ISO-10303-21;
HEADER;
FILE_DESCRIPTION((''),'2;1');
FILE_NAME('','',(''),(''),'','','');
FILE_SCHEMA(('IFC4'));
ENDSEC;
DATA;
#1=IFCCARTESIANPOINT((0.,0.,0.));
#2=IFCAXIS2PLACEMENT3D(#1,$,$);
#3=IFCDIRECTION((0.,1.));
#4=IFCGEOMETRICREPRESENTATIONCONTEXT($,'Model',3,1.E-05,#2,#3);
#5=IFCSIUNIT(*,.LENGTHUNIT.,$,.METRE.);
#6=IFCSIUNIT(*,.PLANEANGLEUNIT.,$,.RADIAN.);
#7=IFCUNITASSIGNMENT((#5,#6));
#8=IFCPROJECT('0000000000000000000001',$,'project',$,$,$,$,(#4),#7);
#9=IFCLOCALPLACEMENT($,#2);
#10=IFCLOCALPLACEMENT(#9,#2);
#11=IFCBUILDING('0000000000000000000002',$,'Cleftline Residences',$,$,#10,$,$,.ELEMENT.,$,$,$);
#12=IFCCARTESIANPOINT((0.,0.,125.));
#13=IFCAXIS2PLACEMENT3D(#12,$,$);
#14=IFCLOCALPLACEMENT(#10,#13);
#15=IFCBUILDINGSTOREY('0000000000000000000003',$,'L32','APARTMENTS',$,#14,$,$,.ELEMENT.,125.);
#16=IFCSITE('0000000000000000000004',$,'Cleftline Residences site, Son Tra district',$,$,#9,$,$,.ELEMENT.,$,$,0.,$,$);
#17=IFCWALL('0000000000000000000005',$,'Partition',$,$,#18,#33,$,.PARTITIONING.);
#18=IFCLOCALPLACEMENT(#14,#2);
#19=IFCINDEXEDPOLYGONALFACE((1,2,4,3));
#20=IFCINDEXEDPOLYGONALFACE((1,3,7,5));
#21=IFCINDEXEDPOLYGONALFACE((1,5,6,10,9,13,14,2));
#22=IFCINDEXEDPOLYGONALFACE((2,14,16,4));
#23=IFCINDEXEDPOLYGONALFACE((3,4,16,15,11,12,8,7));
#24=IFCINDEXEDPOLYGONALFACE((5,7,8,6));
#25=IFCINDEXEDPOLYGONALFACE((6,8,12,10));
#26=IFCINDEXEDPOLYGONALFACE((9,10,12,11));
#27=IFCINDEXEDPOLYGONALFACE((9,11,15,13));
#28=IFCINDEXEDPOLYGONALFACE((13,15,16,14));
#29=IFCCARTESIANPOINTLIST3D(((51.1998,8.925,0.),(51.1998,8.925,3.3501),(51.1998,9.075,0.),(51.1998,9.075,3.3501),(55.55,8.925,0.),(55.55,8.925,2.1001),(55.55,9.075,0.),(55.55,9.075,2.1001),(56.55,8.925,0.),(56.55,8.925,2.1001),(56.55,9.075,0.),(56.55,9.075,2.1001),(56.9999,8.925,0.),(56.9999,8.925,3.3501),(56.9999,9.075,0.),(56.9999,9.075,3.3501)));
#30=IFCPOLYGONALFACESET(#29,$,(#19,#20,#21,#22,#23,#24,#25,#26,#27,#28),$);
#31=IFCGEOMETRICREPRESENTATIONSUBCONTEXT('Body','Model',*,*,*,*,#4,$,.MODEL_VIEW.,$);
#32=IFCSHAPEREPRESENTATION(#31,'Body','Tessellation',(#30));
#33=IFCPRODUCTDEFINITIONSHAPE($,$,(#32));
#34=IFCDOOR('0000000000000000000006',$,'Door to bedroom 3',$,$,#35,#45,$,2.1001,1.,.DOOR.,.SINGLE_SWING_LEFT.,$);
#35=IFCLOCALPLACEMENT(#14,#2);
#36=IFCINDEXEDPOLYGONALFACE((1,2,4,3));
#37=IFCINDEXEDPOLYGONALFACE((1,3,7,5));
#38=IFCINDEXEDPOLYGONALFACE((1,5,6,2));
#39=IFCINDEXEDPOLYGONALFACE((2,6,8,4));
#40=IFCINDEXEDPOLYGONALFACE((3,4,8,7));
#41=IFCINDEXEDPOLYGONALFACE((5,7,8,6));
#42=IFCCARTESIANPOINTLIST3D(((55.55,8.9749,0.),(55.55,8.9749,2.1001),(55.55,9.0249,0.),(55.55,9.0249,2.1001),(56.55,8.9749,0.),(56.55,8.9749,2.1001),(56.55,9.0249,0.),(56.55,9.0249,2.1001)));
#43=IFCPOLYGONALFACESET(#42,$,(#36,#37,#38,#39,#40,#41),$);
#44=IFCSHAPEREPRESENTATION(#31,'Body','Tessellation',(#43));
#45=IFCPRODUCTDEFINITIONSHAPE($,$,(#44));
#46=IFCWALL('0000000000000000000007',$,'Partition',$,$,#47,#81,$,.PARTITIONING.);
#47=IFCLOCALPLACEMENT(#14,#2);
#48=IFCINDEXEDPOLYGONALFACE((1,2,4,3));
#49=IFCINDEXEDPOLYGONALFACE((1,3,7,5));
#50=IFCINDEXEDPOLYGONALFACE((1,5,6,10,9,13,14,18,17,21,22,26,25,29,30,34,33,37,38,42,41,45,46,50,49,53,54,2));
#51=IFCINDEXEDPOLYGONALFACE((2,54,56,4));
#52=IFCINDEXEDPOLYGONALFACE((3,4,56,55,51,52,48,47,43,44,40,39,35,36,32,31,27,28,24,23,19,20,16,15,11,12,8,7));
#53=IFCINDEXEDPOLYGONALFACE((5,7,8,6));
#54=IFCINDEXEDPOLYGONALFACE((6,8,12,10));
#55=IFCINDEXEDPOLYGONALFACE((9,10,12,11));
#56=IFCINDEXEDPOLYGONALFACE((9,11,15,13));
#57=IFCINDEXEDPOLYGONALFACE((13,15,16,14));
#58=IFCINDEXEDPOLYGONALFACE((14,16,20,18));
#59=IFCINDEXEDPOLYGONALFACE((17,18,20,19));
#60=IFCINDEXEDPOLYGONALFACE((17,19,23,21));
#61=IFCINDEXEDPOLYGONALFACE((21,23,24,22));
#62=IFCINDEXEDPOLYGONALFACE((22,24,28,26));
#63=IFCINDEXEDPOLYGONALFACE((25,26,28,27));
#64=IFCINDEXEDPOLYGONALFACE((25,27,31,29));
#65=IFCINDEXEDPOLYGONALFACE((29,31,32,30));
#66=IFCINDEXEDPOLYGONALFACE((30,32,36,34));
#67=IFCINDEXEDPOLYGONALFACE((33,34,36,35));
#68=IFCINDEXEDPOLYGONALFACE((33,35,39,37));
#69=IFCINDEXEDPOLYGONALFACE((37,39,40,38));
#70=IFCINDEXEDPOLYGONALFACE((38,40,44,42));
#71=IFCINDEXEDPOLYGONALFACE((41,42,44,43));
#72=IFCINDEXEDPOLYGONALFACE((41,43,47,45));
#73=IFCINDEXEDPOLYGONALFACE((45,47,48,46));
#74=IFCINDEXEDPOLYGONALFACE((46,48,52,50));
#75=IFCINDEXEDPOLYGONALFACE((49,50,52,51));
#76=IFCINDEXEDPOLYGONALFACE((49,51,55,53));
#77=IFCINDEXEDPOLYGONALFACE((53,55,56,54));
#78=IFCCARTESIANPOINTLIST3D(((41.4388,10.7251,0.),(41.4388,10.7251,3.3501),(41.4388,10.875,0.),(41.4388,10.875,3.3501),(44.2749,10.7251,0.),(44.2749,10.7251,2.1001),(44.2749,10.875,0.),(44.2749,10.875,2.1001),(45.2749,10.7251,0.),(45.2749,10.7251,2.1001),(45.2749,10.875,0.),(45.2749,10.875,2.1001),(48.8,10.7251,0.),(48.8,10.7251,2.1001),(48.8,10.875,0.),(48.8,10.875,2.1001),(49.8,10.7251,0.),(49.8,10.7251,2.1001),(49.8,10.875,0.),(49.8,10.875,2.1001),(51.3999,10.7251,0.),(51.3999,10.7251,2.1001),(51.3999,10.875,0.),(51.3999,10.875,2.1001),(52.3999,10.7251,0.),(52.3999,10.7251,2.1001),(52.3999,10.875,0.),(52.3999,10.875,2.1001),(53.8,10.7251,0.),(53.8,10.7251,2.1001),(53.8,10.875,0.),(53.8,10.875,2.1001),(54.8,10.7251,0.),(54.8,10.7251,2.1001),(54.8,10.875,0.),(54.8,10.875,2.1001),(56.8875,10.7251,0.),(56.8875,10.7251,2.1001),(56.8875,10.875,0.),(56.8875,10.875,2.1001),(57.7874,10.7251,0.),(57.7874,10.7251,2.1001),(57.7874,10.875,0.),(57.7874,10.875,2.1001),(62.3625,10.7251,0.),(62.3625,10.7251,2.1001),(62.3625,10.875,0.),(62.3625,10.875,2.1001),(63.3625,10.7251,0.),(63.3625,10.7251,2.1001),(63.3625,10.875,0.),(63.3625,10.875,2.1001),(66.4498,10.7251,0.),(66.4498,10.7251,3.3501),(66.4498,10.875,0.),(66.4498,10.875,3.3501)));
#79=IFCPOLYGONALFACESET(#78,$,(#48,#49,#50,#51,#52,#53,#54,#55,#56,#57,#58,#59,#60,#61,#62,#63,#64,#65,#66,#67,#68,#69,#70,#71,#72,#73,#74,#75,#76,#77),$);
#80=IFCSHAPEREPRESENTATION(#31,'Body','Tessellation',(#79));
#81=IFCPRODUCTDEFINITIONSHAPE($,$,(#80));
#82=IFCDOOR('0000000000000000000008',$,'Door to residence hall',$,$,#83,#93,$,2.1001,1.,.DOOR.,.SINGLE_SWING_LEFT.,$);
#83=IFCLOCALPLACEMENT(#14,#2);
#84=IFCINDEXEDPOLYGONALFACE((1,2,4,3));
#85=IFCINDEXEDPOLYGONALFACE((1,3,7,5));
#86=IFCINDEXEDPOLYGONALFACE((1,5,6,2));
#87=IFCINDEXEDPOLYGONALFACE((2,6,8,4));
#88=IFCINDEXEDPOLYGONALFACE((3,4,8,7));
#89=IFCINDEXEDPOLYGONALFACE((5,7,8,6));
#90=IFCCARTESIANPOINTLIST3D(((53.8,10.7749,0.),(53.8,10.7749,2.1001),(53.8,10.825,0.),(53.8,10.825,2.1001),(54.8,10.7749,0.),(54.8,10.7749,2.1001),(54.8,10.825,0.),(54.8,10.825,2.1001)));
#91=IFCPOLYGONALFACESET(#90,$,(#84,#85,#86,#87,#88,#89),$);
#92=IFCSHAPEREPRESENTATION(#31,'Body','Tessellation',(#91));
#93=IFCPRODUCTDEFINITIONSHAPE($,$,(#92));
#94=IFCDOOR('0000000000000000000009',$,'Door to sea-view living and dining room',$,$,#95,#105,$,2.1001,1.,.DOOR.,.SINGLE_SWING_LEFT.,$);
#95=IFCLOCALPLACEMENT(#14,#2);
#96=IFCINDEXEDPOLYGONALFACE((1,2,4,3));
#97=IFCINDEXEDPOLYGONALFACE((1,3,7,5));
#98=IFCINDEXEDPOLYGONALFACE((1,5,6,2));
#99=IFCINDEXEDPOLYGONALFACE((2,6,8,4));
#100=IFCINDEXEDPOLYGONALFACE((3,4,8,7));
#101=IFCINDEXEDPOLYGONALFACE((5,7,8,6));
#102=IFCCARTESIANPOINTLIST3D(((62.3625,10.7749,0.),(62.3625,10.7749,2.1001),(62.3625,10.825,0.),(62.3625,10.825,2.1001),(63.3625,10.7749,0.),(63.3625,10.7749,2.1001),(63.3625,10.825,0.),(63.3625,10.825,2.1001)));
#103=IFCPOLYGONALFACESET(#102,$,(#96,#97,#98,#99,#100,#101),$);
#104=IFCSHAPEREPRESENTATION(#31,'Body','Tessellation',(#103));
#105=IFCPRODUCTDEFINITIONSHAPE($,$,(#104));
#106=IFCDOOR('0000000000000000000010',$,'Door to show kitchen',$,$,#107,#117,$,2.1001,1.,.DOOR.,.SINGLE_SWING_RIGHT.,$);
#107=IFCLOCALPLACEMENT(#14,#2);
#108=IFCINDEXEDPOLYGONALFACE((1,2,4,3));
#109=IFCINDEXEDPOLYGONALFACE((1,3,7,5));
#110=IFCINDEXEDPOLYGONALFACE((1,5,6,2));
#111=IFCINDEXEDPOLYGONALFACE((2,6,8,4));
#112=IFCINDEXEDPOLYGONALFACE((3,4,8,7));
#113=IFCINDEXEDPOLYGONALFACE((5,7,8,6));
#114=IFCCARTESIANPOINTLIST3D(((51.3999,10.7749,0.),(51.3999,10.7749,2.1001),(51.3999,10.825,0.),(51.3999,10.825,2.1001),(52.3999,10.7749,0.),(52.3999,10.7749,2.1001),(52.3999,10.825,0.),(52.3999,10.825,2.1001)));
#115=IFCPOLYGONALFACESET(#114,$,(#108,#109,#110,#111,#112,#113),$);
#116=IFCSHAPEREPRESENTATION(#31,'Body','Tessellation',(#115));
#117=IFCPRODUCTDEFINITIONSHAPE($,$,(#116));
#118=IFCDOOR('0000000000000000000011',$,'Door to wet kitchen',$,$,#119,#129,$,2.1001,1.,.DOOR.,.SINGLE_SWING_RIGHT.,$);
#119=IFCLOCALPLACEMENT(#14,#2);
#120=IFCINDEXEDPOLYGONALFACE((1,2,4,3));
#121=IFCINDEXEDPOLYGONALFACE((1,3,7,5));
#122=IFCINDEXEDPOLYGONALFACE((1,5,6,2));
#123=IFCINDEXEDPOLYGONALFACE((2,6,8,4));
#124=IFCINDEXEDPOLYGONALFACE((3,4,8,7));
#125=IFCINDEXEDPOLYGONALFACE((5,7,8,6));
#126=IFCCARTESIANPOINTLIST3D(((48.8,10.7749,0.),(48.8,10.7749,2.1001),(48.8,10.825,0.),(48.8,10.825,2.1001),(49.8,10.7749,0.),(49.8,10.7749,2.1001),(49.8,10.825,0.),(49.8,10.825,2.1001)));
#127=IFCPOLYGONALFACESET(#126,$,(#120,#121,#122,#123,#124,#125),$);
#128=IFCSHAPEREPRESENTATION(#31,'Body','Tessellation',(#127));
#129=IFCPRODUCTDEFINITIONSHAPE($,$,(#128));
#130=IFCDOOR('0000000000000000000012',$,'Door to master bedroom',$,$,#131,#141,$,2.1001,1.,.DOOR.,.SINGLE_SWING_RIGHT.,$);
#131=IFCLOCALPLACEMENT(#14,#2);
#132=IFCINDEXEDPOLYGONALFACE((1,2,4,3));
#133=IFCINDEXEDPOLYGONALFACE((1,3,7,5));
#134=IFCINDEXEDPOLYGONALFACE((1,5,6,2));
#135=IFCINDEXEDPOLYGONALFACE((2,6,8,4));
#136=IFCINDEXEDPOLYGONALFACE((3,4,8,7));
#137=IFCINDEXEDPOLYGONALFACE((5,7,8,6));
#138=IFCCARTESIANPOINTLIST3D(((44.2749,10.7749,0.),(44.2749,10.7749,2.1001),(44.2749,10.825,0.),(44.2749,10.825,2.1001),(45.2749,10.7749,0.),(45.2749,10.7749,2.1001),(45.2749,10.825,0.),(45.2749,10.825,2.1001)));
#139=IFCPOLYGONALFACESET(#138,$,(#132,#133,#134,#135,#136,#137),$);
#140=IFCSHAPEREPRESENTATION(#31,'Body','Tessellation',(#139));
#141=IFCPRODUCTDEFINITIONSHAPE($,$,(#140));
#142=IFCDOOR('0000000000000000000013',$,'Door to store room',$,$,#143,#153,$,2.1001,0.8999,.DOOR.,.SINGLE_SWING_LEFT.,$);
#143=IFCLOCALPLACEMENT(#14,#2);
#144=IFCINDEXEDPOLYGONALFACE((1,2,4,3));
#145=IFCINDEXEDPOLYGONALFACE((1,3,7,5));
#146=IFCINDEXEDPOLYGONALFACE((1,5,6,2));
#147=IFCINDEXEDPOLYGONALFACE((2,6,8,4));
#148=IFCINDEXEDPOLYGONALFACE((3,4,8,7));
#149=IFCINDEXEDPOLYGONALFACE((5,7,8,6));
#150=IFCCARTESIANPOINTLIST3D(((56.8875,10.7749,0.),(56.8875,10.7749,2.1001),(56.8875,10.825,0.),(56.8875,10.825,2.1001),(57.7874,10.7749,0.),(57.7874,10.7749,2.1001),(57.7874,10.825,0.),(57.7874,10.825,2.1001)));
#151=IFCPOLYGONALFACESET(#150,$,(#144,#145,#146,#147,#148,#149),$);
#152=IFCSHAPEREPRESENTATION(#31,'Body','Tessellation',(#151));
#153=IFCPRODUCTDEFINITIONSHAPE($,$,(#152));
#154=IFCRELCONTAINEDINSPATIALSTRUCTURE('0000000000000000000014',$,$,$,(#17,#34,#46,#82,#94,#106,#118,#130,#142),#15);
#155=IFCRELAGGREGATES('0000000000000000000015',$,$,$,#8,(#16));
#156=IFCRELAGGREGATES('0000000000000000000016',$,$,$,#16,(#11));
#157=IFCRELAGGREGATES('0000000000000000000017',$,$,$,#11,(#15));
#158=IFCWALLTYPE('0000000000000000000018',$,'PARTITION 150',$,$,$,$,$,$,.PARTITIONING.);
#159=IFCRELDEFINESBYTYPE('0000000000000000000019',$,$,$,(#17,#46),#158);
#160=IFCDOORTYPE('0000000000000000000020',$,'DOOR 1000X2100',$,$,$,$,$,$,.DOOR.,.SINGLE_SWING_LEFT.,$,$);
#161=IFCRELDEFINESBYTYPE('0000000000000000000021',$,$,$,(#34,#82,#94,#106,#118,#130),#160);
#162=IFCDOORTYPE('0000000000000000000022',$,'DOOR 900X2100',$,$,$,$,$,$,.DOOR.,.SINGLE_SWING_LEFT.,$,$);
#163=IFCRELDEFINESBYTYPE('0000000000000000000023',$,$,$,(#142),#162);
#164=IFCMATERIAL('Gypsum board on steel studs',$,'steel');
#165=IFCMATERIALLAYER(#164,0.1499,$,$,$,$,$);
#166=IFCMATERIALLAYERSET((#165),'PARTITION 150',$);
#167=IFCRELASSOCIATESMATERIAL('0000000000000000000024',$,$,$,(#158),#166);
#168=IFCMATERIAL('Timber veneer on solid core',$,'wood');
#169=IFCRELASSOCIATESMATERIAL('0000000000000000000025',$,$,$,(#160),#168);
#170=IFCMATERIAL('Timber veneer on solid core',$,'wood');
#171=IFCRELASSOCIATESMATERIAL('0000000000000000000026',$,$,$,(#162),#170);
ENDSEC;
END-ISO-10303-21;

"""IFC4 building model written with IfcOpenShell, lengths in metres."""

from ifc_helpers import new_model, si_unit, direction, frame, frame_2d, origin, place, context, subcontext, project, spatial, rectangle, extrude, material, layer, layer_set, type_object, element, fill, save


model = new_model("IFC4")

# Units and contexts
model_context = context("Model", 3, precision=1e-05, world=origin(), true_north=direction((0.0, 1.0)))
body_context = subcontext(model_context, "Body", "Model", "MODEL_VIEW")
ifc_project = project(units=[si_unit("LENGTHUNIT", "METRE"), si_unit("PLANEANGLEUNIT", "RADIAN")], contexts=[model_context])

# Site, building, storey
site_placement = place(None, origin())
site = spatial("IfcSite", under=ifc_project, at=site_placement, Name="Cleftline Residences site, Son Tra district", CompositionType="ELEMENT", RefElevation=0.0)
building_placement = place(site_placement, origin())
building = spatial("IfcBuilding", under=site, at=building_placement, Name="Cleftline Residences", CompositionType="ELEMENT")
storey_placement = place(building_placement, frame((0.0, 0.0, 125.0)))
storey = spatial("IfcBuildingStorey", under=building, at=storey_placement, Name="L32", Description="APARTMENTS", CompositionType="ELEMENT", Elevation=125.0)

# Shared definitions
ifc_material_1 = material(Name="Gypsum board on steel studs", Category="steel")
ifc_layer_1 = layer(ifc_material_1, 0.1499)
ifc_layer_set_1 = layer_set([ifc_layer_1], Name="PARTITION 150")
wall_type = type_object("IfcWallType", Name="PARTITION 150", PredefinedType="PARTITIONING", material=ifc_layer_set_1)

# Shared definitions
ifc_material_2 = material(Name="Timber veneer on solid core", Category="wood")
door_type_1 = type_object("IfcDoorType", Name="DOOR 1000X2100", OperationType="SINGLE_SWING_LEFT", PredefinedType="DOOR", material=ifc_material_2)

# Wall, opening, door
wall_1_placement = place(storey_placement, frame((51.2, 9.0, 0.0), z_axis=(0.0, 0.0, 1.0), x_axis=(1.0, 0.0, 0.0)))
wall_1 = element("IfcWall", 1, at=wall_1_placement, inside=storey, type_object=wall_type, Name="Partition", PredefinedType="PARTITIONING", context=body_context, shape_type="SweptSolid", body=[
    extrude(rectangle(XDim=5.8, YDim=0.1499, at=frame_2d((2.8999, 0.0))), origin(), (0.0, 0.0, 1.0), 3.3501),
])
opening_1_placement = place(wall_1_placement, frame((4.3501, 0.0, 0.0)))
opening_1 = element("IfcOpeningElement", 2, at=opening_1_placement, cuts=wall_1, PredefinedType="OPENING", context=body_context, shape_type="SweptSolid", body=[
    extrude(rectangle(XDim=1.0, YDim=2.1001, at=frame_2d((0.5, 1.05))), frame((0.0, 0.085, 0.0), z_axis=(0.0, -1.0, 0.0), x_axis=(1.0, 0.0, 0.0)), (0.0, 0.0, 1.0), 0.1699),
])
door_1_placement = place(opening_1_placement, origin())
door_1 = element("IfcDoor", 3, at=door_1_placement, inside=storey, type_object=door_type_1, Name="Door to bedroom 3", OperationType="SINGLE_SWING_LEFT", OverallHeight=2.1001, OverallWidth=1.0, PredefinedType="DOOR", context=body_context, shape_type="SweptSolid", body=[
    extrude(rectangle(XDim=1.0, YDim=2.1001, at=frame_2d((0.5, 1.05))), frame((0.0, 0.0249, 0.0), z_axis=(0.0, -1.0, 0.0), x_axis=(1.0, 0.0, 0.0)), (0.0, 0.0, 1.0), 0.05),
])
fill(opening_1, door_1)

# Wall, openings, doors
wall_2_placement = place(storey_placement, frame((41.439, 10.8, 0.0), z_axis=(0.0, 0.0, 1.0), x_axis=(1.0, 0.0, 0.0)))
wall_2 = element("IfcWall", 4, at=wall_2_placement, inside=storey, type_object=wall_type, Name="Partition", PredefinedType="PARTITIONING", context=body_context, shape_type="SweptSolid", body=[
    extrude(rectangle(XDim=25.011, YDim=0.1499, at=frame_2d((12.5054, 0.0))), origin(), (0.0, 0.0, 1.0), 3.3501),
])
opening_2_placement = place(wall_2_placement, frame((12.3611, 0.0, 0.0)))
opening_2 = element("IfcOpeningElement", 5, at=opening_2_placement, cuts=wall_2, PredefinedType="OPENING", context=body_context, shape_type="SweptSolid", body=[
    extrude(rectangle(XDim=1.0, YDim=2.1001, at=frame_2d((0.5, 1.05))), frame((0.0, 0.085, 0.0), z_axis=(0.0, -1.0, 0.0), x_axis=(1.0, 0.0, 0.0)), (0.0, 0.0, 1.0), 0.1699),
])
opening_3_placement = place(wall_2_placement, frame((20.9236, 0.0, 0.0)))
opening_3 = element("IfcOpeningElement", 6, at=opening_3_placement, cuts=wall_2, PredefinedType="OPENING", context=body_context, shape_type="SweptSolid", body=[
    extrude(rectangle(XDim=1.0, YDim=2.1001, at=frame_2d((0.5, 1.05))), frame((0.0, 0.085, 0.0), z_axis=(0.0, -1.0, 0.0), x_axis=(1.0, 0.0, 0.0)), (0.0, 0.0, 1.0), 0.1699),
])
opening_4_placement = place(wall_2_placement, frame((15.4485, 0.0, 0.0)))
opening_4 = element("IfcOpeningElement", 7, at=opening_4_placement, cuts=wall_2, PredefinedType="OPENING", context=body_context, shape_type="SweptSolid", body=[
    extrude(rectangle(XDim=0.8999, YDim=2.1001, at=frame_2d((0.45, 1.05))), frame((0.0, 0.085, 0.0), z_axis=(0.0, -1.0, 0.0), x_axis=(1.0, 0.0, 0.0)), (0.0, 0.0, 1.0), 0.1699),
])
opening_5_placement = place(wall_2_placement, frame((9.9609, 0.0, 0.0)))
opening_5 = element("IfcOpeningElement", 8, at=opening_5_placement, cuts=wall_2, PredefinedType="OPENING", context=body_context, shape_type="SweptSolid", body=[
    extrude(rectangle(XDim=1.0, YDim=2.1001, at=frame_2d((0.5, 1.05))), frame((0.0, 0.085, 0.0), z_axis=(0.0, -1.0, 0.0), x_axis=(1.0, 0.0, 0.0)), (0.0, 0.0, 1.0), 0.1699),
])
opening_6_placement = place(wall_2_placement, frame((7.3611, 0.0, 0.0)))
opening_6 = element("IfcOpeningElement", 9, at=opening_6_placement, cuts=wall_2, PredefinedType="OPENING", context=body_context, shape_type="SweptSolid", body=[
    extrude(rectangle(XDim=1.0, YDim=2.1001, at=frame_2d((0.5, 1.05))), frame((0.0, 0.085, 0.0), z_axis=(0.0, -1.0, 0.0), x_axis=(1.0, 0.0, 0.0)), (0.0, 0.0, 1.0), 0.1699),
])
opening_7_placement = place(wall_2_placement, frame((2.8359, 0.0, 0.0)))
opening_7 = element("IfcOpeningElement", 10, at=opening_7_placement, cuts=wall_2, PredefinedType="OPENING", context=body_context, shape_type="SweptSolid", body=[
    extrude(rectangle(XDim=1.0, YDim=2.1001, at=frame_2d((0.5, 1.05))), frame((0.0, 0.085, 0.0), z_axis=(0.0, -1.0, 0.0), x_axis=(1.0, 0.0, 0.0)), (0.0, 0.0, 1.0), 0.1699),
])
door_2_placement = place(opening_2_placement, origin())
door_2 = element("IfcDoor", 11, at=door_2_placement, inside=storey, type_object=door_type_1, Name="Door to residence hall", OperationType="SINGLE_SWING_LEFT", OverallHeight=2.1001, OverallWidth=1.0, PredefinedType="DOOR", context=body_context, shape_type="SweptSolid", body=[
    extrude(rectangle(XDim=1.0, YDim=2.1001, at=frame_2d((0.5, 1.05))), frame((0.0, 0.0249, 0.0), z_axis=(0.0, -1.0, 0.0), x_axis=(1.0, 0.0, 0.0)), (0.0, 0.0, 1.0), 0.05),
])
fill(opening_2, door_2)
door_3_placement = place(opening_3_placement, origin())
door_3 = element("IfcDoor", 12, at=door_3_placement, inside=storey, type_object=door_type_1, Name="Door to sea-view living and dining room", OperationType="SINGLE_SWING_LEFT", OverallHeight=2.1001, OverallWidth=1.0, PredefinedType="DOOR", context=body_context, shape_type="SweptSolid", body=[
    extrude(rectangle(XDim=1.0, YDim=2.1001, at=frame_2d((0.5, 1.05))), frame((0.0, 0.0249, 0.0), z_axis=(0.0, -1.0, 0.0), x_axis=(1.0, 0.0, 0.0)), (0.0, 0.0, 1.0), 0.05),
])
fill(opening_3, door_3)
door_4_placement = place(opening_5_placement, origin())
door_4 = element("IfcDoor", 13, at=door_4_placement, inside=storey, type_object=door_type_1, Name="Door to show kitchen", OperationType="SINGLE_SWING_RIGHT", OverallHeight=2.1001, OverallWidth=1.0, PredefinedType="DOOR", context=body_context, shape_type="SweptSolid", body=[
    extrude(rectangle(XDim=1.0, YDim=2.1001, at=frame_2d((0.5, 1.05))), frame((0.0, 0.0249, 0.0), z_axis=(0.0, -1.0, 0.0), x_axis=(1.0, 0.0, 0.0)), (0.0, 0.0, 1.0), 0.05),
])
fill(opening_5, door_4)
door_5_placement = place(opening_6_placement, origin())
door_5 = element("IfcDoor", 14, at=door_5_placement, inside=storey, type_object=door_type_1, Name="Door to wet kitchen", OperationType="SINGLE_SWING_RIGHT", OverallHeight=2.1001, OverallWidth=1.0, PredefinedType="DOOR", context=body_context, shape_type="SweptSolid", body=[
    extrude(rectangle(XDim=1.0, YDim=2.1001, at=frame_2d((0.5, 1.05))), frame((0.0, 0.0249, 0.0), z_axis=(0.0, -1.0, 0.0), x_axis=(1.0, 0.0, 0.0)), (0.0, 0.0, 1.0), 0.05),
])
fill(opening_6, door_5)
door_6_placement = place(opening_7_placement, origin())
door_6 = element("IfcDoor", 15, at=door_6_placement, inside=storey, type_object=door_type_1, Name="Door to master bedroom", OperationType="SINGLE_SWING_RIGHT", OverallHeight=2.1001, OverallWidth=1.0, PredefinedType="DOOR", context=body_context, shape_type="SweptSolid", body=[
    extrude(rectangle(XDim=1.0, YDim=2.1001, at=frame_2d((0.5, 1.05))), frame((0.0, 0.0249, 0.0), z_axis=(0.0, -1.0, 0.0), x_axis=(1.0, 0.0, 0.0)), (0.0, 0.0, 1.0), 0.05),
])
fill(opening_7, door_6)
ifc_material_3 = material(Name="Timber veneer on solid core", Category="wood")
door_type_2 = type_object("IfcDoorType", Name="DOOR 900X2100", OperationType="SINGLE_SWING_LEFT", PredefinedType="DOOR", material=ifc_material_3)
door_7_placement = place(opening_4_placement, origin())
door_7 = element("IfcDoor", 16, at=door_7_placement, inside=storey, type_object=door_type_2, Name="Door to store room", OperationType="SINGLE_SWING_LEFT", OverallHeight=2.1001, OverallWidth=0.8999, PredefinedType="DOOR", context=body_context, shape_type="SweptSolid", body=[
    extrude(rectangle(XDim=0.8999, YDim=2.1001, at=frame_2d((0.45, 1.05))), frame((0.0, 0.0249, 0.0), z_axis=(0.0, -1.0, 0.0), x_axis=(1.0, 0.0, 0.0)), (0.0, 0.0, 1.0), 0.05),
])
fill(opening_4, door_7)

save(model, "model.ifc")
